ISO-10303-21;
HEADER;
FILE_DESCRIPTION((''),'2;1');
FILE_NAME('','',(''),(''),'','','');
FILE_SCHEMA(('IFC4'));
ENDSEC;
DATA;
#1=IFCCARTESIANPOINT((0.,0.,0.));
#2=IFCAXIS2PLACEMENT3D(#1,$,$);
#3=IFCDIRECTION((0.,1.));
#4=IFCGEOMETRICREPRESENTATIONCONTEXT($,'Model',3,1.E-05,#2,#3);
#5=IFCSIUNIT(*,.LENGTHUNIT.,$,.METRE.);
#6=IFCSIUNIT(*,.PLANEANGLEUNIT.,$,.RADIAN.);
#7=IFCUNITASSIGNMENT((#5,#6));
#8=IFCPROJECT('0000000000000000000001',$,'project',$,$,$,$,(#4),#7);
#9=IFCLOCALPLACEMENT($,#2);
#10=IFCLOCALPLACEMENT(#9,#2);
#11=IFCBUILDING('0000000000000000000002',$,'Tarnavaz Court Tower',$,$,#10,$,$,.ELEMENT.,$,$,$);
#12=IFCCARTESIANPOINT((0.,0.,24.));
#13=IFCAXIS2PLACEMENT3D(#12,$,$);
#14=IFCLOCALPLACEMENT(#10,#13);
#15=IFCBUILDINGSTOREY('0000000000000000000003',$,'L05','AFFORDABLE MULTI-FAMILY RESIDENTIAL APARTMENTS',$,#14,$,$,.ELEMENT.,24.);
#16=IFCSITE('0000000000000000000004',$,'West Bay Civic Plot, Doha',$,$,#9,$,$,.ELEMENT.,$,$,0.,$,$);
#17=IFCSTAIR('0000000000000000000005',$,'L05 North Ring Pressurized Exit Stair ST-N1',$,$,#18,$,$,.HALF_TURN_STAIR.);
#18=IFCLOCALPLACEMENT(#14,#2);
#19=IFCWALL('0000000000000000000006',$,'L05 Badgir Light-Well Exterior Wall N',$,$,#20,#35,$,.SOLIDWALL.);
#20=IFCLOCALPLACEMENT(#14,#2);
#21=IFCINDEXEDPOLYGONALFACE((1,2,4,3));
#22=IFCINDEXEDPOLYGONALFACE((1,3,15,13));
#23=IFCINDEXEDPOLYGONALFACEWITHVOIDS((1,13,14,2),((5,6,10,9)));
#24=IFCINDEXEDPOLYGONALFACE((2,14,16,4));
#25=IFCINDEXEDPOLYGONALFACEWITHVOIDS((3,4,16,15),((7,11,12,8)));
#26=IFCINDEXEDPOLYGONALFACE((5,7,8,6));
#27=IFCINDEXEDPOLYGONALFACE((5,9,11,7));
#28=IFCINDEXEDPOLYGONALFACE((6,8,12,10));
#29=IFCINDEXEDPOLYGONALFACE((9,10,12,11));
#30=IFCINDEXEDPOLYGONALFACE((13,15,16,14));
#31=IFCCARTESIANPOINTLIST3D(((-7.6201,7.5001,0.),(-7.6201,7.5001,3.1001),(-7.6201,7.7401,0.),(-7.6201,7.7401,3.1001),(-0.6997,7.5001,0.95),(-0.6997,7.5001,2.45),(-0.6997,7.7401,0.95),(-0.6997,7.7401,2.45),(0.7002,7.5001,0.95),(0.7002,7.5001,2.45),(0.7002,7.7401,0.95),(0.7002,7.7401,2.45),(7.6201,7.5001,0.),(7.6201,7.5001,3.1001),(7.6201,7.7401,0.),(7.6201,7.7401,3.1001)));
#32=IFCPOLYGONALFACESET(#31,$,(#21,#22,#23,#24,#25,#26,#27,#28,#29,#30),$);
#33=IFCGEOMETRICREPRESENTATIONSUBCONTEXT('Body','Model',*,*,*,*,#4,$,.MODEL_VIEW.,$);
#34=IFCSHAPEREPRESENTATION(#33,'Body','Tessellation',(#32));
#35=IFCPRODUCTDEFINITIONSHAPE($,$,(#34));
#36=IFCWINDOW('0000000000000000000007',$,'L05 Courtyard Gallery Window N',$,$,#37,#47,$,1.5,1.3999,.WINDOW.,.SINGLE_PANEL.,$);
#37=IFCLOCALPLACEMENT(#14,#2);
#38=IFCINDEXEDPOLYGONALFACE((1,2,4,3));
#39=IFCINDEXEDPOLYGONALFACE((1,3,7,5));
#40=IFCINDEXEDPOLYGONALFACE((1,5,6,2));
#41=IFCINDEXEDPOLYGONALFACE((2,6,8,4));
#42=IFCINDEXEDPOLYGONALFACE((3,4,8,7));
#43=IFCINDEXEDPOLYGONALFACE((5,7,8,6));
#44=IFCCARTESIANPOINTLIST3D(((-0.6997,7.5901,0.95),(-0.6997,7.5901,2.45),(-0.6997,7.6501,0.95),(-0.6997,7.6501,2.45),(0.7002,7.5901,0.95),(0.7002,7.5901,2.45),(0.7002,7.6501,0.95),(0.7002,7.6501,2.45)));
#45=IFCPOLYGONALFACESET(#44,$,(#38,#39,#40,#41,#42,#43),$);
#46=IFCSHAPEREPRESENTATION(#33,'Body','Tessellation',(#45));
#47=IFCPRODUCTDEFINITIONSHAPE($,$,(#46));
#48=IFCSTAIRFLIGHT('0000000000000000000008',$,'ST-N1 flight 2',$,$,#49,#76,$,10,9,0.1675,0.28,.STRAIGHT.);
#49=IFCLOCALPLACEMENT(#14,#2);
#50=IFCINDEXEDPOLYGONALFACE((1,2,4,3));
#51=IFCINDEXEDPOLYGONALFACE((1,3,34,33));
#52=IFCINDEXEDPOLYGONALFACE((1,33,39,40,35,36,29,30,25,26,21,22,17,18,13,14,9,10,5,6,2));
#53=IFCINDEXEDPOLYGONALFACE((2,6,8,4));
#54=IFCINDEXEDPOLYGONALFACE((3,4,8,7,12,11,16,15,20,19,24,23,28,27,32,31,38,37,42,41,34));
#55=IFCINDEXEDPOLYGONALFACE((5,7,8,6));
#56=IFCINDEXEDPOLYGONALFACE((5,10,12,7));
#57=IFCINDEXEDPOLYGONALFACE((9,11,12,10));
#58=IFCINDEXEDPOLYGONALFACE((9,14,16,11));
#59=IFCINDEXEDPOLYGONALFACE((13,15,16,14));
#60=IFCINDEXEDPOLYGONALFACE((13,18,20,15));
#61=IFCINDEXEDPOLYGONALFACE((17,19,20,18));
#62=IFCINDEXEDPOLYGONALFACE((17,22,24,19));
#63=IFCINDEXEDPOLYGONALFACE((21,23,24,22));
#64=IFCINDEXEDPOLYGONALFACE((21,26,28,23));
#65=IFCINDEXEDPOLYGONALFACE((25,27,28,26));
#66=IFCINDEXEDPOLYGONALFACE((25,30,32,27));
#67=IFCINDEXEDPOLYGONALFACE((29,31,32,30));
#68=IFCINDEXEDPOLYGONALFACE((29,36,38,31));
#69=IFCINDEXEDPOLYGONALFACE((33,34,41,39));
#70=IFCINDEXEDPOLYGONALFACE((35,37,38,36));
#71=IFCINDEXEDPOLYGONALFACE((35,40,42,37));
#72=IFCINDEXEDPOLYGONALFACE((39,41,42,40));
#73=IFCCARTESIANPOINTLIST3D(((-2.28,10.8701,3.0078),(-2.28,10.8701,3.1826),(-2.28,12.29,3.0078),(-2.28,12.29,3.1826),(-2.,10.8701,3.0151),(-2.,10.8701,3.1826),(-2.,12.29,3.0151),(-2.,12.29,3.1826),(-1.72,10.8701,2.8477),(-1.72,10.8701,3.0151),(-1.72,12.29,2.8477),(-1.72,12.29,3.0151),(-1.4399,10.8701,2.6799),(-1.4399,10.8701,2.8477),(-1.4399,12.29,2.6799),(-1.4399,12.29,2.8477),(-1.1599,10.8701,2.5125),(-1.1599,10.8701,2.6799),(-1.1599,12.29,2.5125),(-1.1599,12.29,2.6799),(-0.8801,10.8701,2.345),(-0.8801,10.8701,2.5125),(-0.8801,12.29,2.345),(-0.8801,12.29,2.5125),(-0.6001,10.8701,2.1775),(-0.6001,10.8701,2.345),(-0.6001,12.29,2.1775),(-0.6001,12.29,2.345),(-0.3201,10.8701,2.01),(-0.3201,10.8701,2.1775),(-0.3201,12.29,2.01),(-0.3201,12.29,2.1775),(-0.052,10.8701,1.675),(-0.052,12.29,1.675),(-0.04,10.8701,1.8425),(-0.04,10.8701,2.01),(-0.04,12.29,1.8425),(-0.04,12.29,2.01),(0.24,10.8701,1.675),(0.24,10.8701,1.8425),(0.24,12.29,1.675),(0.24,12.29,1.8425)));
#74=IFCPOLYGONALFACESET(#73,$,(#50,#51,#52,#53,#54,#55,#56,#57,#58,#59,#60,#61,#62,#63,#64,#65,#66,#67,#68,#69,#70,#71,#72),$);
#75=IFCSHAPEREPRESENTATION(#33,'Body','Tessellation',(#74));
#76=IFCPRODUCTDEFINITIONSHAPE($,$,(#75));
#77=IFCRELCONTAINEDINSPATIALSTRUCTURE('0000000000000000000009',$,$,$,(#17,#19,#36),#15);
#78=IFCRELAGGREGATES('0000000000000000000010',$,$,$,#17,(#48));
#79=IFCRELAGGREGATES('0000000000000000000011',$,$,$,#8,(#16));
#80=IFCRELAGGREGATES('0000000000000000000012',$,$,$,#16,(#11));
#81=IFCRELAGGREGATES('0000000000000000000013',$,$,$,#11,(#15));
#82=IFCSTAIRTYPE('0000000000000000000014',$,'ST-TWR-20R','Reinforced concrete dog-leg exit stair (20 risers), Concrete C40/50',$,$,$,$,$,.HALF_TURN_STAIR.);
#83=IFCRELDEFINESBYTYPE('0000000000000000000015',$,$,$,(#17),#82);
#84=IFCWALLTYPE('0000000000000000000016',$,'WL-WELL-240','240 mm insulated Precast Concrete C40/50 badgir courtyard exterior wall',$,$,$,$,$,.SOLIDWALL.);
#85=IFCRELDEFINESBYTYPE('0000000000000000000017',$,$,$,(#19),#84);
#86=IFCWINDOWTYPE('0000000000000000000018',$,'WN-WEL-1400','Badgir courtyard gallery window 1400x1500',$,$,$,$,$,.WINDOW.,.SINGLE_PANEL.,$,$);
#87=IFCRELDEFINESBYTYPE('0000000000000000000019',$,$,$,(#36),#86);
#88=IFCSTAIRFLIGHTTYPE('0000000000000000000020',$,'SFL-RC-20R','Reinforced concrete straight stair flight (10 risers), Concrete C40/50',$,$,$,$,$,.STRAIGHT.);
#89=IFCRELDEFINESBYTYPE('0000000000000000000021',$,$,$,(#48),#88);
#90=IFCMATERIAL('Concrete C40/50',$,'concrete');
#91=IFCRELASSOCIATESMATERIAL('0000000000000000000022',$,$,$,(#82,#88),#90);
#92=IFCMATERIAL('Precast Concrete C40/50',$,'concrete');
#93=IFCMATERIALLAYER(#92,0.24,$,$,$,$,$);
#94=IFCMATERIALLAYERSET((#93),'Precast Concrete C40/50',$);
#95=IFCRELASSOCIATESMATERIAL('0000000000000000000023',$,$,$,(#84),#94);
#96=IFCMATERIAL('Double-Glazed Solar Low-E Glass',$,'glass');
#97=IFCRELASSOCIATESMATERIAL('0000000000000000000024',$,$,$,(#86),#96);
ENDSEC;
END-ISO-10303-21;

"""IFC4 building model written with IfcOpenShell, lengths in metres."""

from ifc_helpers import new_model, si_unit, direction, frame, frame_2d, origin, place, context, subcontext, project, spatial, polyline, rectangle, outline, extrude, material, layer, layer_set, type_object, element, fill, aggregate, save


model = new_model("IFC4")

# Units and contexts
model_context = context("Model", 3, precision=1e-05, world=origin(), true_north=direction((0.0, 1.0)))
body_context = subcontext(model_context, "Body", "Model", "MODEL_VIEW")
ifc_project = project(units=[si_unit("LENGTHUNIT", "METRE"), si_unit("PLANEANGLEUNIT", "RADIAN")], contexts=[model_context])

# Site, building, storey
site_placement = place(None, origin())
site = spatial("IfcSite", under=ifc_project, at=site_placement, Name="West Bay Civic Plot, Doha", CompositionType="ELEMENT", RefElevation=0.0)
building_placement = place(site_placement, origin())
building = spatial("IfcBuilding", under=site, at=building_placement, Name="Tarnavaz Court Tower", CompositionType="ELEMENT")
storey_placement = place(building_placement, frame((0.0, 0.0, 24.0)))
storey = spatial("IfcBuildingStorey", under=building, at=storey_placement, Name="L05", Description="AFFORDABLE MULTI-FAMILY RESIDENTIAL APARTMENTS", CompositionType="ELEMENT", Elevation=24.0)

# Stair
ifc_material_1 = material(Name="Concrete C40/50", Category="concrete")
stair_type = type_object("IfcStairType", Name="ST-TWR-20R", Description="Reinforced concrete dog-leg exit stair (20 risers), Concrete C40/50", PredefinedType="HALF_TURN_STAIR", material=ifc_material_1)
stair_1_placement = place(storey_placement, origin())
stair_1 = element("IfcStair", 1, at=stair_1_placement, inside=storey, type_object=stair_type, Name="L05 North Ring Pressurized Exit Stair ST-N1", PredefinedType="HALF_TURN_STAIR")

# Wall, opening, window
ifc_material_2 = material(Name="Precast Concrete C40/50", Category="concrete")
ifc_layer_1 = layer(ifc_material_2, 0.24)
ifc_layer_set_1 = layer_set([ifc_layer_1], Name="Precast Concrete C40/50")
wall_type_1 = type_object("IfcWallType", Name="WL-WELL-240", Description="240 mm insulated Precast Concrete C40/50 badgir courtyard exterior wall", PredefinedType="SOLIDWALL", material=ifc_layer_set_1)
wall_1_placement = place(storey_placement, frame((7.6201, 7.6201, 0.0), z_axis=(0.0, 0.0, 1.0), x_axis=(-1.0, 0.0, 0.0)))
wall_1 = element("IfcWall", 2, at=wall_1_placement, inside=storey, type_object=wall_type_1, Name="L05 Badgir Light-Well Exterior Wall N", PredefinedType="SOLIDWALL", context=body_context, shape_type="SweptSolid", body=[
    extrude(rectangle(XDim=15.2402, YDim=0.24, at=frame_2d((7.6201, 0.0))), origin(), (0.0, 0.0, 1.0), 3.1001),
])
opening_1_placement = place(wall_1_placement, frame((6.9199, 0.0, 0.95)))
opening_1 = element("IfcOpeningElement", 3, at=opening_1_placement, cuts=wall_1, PredefinedType="OPENING", context=body_context, shape_type="SweptSolid", body=[
    extrude(rectangle(XDim=1.3999, YDim=1.5, at=frame_2d((0.7, 0.75))), frame((0.0, 0.1299, 0.0), z_axis=(0.0, -1.0, 0.0), x_axis=(1.0, 0.0, 0.0)), (0.0, 0.0, 1.0), 0.26),
])
ifc_material_3 = material(Name="Double-Glazed Solar Low-E Glass", Category="glass")
window_type = type_object("IfcWindowType", Name="WN-WEL-1400", Description="Badgir courtyard gallery window 1400x1500", PartitioningType="SINGLE_PANEL", PredefinedType="WINDOW", material=ifc_material_3)
window_placement = place(opening_1_placement, origin())
window = element("IfcWindow", 4, at=window_placement, inside=storey, type_object=window_type, Name="L05 Courtyard Gallery Window N", OverallHeight=1.5, OverallWidth=1.3999, PartitioningType="SINGLE_PANEL", PredefinedType="WINDOW", context=body_context, shape_type="SweptSolid", body=[
    extrude(rectangle(XDim=1.3999, YDim=1.5, at=frame_2d((0.7, 0.75))), frame((0.0, 0.03, 0.0), z_axis=(0.0, -1.0, 0.0), x_axis=(1.0, 0.0, 0.0)), (0.0, 0.0, 1.0), 0.0601),
])
fill(opening_1, window)

# Stair flight
stair_flight_type = type_object("IfcStairFlightType", Name="SFL-RC-20R", Description="Reinforced concrete straight stair flight (10 risers), Concrete C40/50", PredefinedType="STRAIGHT", material=ifc_material_1)
stair_flight_placement = place(storey_placement, frame((0.24, 11.5801, 1.675), z_axis=(0.0, 0.0, 1.0), x_axis=(-1.0, 0.0, 0.0)))
stair_flight = element("IfcStairFlight", 5, at=stair_flight_placement, type_object=stair_flight_type, Name="ST-N1 flight 2", NumberOfRisers=10, NumberOfTreads=9, PredefinedType="STRAIGHT", RiserHeight=0.1675, TreadLength=0.28, context=body_context, shape_type="SweptSolid", body=[
    extrude(outline(polyline([(0.0, 0.0), (0.0, 0.1675), (0.28, 0.1675), (0.28, 0.335), (0.5601, 0.335), (0.5601, 0.5024), (0.8401, 0.5024), (0.8401, 0.6699), (1.1201, 0.6699), (1.1201, 0.8374), (1.3999, 0.8374), (1.3999, 1.0049), (1.6799, 1.0049), (1.6799, 1.1726), (1.96, 1.1726), (1.96, 1.3401), (2.24, 1.3401), (2.24, 1.5076), (2.52, 1.5076), (2.52, 1.675), (2.52, 1.3328), (0.292, 0.0), (0.0, 0.0)])), frame((0.0, 0.71, 0.0), z_axis=(0.0, -1.0, 0.0), x_axis=(1.0, 0.0, 0.0)), (0.0, 0.0, 1.0), 1.4199),
])
aggregate(stair_1, [stair_flight])

save(model, "model.ifc")
